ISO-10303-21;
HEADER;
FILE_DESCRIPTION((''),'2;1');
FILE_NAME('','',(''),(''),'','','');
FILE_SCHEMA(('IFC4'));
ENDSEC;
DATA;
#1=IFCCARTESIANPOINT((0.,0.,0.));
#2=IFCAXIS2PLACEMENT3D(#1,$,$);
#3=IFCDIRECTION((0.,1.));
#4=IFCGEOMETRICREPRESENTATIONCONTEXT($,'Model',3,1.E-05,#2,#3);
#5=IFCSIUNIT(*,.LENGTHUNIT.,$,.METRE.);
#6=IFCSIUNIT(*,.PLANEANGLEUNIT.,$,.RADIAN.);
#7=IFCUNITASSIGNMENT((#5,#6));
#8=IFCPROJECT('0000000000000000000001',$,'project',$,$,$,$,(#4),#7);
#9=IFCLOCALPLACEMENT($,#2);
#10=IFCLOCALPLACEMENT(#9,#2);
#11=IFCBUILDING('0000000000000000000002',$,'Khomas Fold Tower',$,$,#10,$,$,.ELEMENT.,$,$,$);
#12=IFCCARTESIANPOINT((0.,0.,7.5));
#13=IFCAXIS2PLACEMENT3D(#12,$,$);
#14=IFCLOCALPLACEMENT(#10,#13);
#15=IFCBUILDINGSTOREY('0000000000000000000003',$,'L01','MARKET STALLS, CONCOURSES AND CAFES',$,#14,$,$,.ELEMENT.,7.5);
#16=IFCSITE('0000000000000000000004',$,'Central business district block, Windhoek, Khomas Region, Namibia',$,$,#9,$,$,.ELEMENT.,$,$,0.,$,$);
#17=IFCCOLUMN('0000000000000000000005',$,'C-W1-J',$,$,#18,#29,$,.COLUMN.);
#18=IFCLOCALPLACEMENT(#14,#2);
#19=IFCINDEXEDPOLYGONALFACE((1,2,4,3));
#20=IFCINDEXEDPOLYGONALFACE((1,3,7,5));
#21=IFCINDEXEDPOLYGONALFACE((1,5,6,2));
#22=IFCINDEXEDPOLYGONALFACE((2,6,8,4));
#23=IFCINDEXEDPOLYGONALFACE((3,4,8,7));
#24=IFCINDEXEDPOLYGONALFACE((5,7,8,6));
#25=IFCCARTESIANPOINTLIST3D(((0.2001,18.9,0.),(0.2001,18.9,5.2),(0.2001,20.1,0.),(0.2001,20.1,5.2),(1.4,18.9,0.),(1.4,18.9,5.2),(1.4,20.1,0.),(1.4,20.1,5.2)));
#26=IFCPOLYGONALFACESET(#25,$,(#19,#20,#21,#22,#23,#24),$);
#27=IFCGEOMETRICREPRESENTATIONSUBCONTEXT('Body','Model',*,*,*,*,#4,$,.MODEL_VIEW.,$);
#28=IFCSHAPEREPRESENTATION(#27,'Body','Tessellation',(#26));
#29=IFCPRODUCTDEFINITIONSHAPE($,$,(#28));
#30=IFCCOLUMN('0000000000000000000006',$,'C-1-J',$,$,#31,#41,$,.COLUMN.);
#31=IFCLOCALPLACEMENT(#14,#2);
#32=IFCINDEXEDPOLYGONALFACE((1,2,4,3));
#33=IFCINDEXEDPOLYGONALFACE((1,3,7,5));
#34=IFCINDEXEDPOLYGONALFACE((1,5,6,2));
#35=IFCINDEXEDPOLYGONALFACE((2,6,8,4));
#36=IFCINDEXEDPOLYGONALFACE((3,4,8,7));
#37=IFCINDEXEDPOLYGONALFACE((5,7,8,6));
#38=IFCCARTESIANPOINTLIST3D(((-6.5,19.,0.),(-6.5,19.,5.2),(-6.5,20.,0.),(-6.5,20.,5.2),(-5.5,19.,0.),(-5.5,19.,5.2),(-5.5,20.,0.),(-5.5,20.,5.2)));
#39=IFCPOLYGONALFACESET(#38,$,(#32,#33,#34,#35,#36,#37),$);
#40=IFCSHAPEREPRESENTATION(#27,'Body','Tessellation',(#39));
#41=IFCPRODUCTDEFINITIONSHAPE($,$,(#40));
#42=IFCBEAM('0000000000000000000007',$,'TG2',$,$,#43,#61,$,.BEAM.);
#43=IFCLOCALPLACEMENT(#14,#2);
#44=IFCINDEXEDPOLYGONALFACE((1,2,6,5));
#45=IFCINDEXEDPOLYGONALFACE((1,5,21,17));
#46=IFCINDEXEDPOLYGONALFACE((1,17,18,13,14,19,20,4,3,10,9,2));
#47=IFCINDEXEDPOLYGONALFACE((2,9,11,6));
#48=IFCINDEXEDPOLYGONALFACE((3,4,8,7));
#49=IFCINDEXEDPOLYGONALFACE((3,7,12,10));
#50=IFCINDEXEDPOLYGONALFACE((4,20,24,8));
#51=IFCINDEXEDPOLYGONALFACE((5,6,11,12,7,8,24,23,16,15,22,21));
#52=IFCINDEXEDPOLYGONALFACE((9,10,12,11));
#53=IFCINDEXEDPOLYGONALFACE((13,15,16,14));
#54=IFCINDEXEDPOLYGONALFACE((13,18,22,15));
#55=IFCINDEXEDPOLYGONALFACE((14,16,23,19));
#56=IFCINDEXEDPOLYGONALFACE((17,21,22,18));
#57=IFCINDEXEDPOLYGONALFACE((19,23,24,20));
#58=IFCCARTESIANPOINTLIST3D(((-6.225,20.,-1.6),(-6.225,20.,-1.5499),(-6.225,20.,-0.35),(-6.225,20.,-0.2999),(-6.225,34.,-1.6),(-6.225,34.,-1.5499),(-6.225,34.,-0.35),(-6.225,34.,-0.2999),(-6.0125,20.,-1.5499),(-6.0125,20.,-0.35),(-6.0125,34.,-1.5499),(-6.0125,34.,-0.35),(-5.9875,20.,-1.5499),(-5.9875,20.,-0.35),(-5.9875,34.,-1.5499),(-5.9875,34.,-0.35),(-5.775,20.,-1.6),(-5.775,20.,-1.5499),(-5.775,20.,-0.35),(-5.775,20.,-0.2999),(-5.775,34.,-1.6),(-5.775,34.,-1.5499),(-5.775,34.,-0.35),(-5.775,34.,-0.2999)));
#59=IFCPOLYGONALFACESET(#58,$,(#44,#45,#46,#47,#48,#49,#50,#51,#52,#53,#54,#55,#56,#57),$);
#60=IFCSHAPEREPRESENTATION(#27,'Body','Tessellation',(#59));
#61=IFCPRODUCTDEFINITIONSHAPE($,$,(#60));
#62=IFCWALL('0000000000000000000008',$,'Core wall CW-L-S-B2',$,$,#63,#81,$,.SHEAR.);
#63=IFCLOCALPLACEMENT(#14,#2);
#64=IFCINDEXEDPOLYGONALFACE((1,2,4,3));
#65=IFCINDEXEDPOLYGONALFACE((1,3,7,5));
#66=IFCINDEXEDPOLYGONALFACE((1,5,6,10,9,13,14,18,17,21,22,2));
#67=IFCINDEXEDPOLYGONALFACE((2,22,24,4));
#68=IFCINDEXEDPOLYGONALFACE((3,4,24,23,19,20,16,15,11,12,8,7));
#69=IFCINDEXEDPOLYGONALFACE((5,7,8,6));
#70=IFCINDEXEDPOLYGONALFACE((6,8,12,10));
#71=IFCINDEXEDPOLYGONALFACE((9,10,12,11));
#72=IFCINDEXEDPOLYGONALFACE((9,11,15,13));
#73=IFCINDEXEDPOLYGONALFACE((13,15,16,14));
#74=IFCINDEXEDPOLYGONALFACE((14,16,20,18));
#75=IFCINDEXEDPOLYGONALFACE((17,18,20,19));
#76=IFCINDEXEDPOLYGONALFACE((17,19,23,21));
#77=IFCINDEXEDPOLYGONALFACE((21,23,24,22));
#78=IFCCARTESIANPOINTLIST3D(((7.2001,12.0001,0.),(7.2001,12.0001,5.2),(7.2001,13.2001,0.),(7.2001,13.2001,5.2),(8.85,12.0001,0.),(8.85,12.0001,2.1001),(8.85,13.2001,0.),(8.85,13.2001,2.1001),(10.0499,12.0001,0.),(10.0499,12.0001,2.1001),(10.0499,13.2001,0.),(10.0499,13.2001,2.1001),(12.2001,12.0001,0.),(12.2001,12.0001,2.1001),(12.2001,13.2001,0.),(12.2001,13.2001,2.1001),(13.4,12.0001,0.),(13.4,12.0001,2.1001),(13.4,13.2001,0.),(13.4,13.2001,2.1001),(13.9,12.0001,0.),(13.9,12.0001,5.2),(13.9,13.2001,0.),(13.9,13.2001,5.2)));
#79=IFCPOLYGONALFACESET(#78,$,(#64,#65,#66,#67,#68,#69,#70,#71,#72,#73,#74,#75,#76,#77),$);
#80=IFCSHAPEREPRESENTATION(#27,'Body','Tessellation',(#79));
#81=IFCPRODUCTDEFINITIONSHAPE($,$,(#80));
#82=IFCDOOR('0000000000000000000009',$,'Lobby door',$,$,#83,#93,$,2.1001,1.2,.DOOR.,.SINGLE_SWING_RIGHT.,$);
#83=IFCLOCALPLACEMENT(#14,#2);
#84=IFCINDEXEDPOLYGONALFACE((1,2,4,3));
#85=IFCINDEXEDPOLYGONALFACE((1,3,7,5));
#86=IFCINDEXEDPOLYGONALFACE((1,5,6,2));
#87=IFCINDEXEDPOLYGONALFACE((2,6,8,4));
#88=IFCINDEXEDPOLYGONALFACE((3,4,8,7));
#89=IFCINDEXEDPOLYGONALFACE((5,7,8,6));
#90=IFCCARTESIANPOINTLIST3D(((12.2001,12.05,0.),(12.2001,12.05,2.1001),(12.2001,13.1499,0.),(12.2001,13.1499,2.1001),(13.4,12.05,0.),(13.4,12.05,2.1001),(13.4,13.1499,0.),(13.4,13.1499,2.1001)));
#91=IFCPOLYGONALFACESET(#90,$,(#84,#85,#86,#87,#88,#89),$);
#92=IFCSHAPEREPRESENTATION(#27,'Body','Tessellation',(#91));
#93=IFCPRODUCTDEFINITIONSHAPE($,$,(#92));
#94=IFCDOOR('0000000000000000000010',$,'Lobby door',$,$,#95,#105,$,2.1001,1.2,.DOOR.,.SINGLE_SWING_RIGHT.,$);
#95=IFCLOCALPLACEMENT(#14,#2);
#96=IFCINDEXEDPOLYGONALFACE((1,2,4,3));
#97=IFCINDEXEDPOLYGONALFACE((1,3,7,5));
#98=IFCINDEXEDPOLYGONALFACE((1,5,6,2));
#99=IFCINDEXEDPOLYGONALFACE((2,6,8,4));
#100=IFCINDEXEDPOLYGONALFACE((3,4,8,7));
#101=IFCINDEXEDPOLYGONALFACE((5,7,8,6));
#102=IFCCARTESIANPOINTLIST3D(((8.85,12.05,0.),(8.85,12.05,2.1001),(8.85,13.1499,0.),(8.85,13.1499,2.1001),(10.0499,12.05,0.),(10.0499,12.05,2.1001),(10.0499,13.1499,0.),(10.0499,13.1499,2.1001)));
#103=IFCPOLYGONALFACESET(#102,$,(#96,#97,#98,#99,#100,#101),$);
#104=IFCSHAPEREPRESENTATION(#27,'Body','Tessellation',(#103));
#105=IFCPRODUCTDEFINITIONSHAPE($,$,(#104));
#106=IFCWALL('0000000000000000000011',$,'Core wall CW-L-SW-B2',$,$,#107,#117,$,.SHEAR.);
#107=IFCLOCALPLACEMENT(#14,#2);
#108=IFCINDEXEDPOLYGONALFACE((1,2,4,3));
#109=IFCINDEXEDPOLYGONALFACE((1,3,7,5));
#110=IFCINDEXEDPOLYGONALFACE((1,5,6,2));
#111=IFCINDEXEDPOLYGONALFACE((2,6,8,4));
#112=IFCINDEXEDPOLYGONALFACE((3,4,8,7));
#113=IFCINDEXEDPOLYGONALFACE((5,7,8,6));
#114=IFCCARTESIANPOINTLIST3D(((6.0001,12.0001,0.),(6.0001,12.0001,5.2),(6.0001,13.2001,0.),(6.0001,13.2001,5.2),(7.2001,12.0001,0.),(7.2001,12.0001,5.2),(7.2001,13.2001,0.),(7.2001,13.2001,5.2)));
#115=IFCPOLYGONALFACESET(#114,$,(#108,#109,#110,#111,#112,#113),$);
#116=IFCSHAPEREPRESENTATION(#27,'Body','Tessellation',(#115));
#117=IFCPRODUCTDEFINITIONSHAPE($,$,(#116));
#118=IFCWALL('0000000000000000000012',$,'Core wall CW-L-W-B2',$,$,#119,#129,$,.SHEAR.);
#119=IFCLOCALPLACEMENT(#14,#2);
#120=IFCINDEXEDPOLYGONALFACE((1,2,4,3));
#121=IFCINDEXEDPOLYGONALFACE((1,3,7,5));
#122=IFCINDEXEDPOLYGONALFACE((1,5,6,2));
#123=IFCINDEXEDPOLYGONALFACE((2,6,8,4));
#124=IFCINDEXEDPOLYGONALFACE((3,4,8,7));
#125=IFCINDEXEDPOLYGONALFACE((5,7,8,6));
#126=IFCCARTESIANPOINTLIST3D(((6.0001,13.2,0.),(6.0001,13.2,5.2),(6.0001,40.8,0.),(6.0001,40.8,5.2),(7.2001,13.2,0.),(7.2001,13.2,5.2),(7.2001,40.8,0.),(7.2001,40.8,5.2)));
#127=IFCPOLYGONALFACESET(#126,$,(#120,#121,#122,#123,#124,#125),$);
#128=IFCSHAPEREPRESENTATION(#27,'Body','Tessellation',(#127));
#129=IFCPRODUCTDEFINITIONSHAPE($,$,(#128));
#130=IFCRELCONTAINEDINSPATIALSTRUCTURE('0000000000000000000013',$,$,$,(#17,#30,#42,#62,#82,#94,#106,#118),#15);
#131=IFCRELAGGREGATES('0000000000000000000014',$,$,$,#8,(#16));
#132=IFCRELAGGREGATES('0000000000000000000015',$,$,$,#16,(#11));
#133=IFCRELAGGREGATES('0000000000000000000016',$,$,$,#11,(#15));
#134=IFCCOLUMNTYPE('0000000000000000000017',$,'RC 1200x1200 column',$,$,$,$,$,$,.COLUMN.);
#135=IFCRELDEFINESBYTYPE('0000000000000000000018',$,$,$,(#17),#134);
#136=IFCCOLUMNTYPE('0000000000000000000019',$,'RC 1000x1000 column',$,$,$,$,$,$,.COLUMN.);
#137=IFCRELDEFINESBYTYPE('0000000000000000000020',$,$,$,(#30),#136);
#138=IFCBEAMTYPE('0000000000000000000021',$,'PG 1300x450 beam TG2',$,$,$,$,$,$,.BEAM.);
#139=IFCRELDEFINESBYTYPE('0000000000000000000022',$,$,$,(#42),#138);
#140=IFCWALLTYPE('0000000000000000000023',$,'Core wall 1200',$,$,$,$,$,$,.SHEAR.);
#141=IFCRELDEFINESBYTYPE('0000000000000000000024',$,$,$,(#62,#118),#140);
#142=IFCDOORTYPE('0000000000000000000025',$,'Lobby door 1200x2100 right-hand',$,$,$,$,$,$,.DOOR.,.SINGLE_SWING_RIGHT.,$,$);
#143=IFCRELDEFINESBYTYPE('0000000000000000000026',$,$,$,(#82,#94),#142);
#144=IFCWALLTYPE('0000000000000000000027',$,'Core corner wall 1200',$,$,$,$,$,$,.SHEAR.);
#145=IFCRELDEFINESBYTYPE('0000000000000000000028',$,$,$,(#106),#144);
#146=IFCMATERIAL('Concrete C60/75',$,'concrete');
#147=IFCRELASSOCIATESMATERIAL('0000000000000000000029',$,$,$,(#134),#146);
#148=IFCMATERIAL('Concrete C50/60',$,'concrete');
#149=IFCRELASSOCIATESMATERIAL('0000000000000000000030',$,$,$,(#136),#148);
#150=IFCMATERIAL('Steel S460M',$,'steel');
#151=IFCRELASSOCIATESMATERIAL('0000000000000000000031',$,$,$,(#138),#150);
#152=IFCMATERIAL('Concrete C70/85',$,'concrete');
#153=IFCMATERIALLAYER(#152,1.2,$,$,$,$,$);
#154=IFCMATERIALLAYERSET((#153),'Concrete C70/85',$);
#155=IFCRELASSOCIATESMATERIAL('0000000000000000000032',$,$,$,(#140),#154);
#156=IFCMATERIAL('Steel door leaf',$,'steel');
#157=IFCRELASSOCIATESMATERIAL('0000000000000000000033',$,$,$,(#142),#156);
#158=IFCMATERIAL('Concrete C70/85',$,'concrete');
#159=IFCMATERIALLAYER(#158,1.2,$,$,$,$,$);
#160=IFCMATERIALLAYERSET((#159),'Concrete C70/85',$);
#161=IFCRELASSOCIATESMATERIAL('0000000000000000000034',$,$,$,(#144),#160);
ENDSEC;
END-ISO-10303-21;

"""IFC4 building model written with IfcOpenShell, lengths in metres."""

from ifc_helpers import new_model, si_unit, direction, frame, frame_2d, origin, origin_2d, place, context, subcontext, project, spatial, rectangle, i_section, extrude, source, transform, mapped, material, layer, layer_set, material_profile, profile_set, type_object, element, fill, save


model = new_model("IFC4")

# Units and contexts
model_context = context("Model", 3, precision=1e-05, world=origin(), true_north=direction((0.0, 1.0)))
body_context = subcontext(model_context, "Body", "Model", "MODEL_VIEW")
ifc_project = project(units=[si_unit("LENGTHUNIT", "METRE"), si_unit("PLANEANGLEUNIT", "RADIAN")], contexts=[model_context])

# Site, building, storey
site_placement = place(None, origin())
site = spatial("IfcSite", under=ifc_project, at=site_placement, Name="Central business district block, Windhoek, Khomas Region, Namibia", CompositionType="ELEMENT", RefElevation=0.0)
building_placement = place(site_placement, origin())
building = spatial("IfcBuilding", under=site, at=building_placement, Name="Khomas Fold Tower", CompositionType="ELEMENT")
storey_placement = place(building_placement, frame((0.0, 0.0, 7.5)))
storey = spatial("IfcBuildingStorey", under=building, at=storey_placement, Name="L01", Description="MARKET STALLS, CONCOURSES AND CAFES", CompositionType="ELEMENT", Elevation=7.5)

# Columns
ifc_material_1 = material(Name="Concrete C60/75", Category="concrete")
ifc_material_profile_1 = material_profile(ifc_material_1, rectangle(XDim=1.2, YDim=1.2, at=origin_2d()), Name="RC 1200x1200")
ifc_profile_set_1 = profile_set([ifc_material_profile_1], Name="Concrete C60/75")
column_type_1 = type_object("IfcColumnType", Name="RC 1200x1200 column", PredefinedType="COLUMN", material=ifc_profile_set_1)
shared_shape_1 = source(origin(), body_context, "Body", "SweptSolid", [
    extrude(rectangle(XDim=1.2, YDim=1.2, at=origin_2d()), origin(), (0.0, 0.0, 1.0), 5.2),
])
column_1_placement = place(storey_placement, frame((0.8, 19.5, 0.0), z_axis=(0.0, 0.0, 1.0), x_axis=(1.0, 0.0, 0.0)))
element("IfcColumn", 1, at=column_1_placement, inside=storey, type_object=column_type_1, Name="C-W1-J", PredefinedType="COLUMN", context=body_context, shape_type="MappedRepresentation", body=[
    mapped(shared_shape_1, transform((0.0, 0.0, 0.0))),
])
ifc_material_2 = material(Name="Concrete C50/60", Category="concrete")
ifc_material_profile_2 = material_profile(ifc_material_2, rectangle(XDim=1.0, YDim=1.0, at=origin_2d()), Name="RC 1000x1000")
ifc_profile_set_2 = profile_set([ifc_material_profile_2], Name="Concrete C50/60")
column_type_2 = type_object("IfcColumnType", Name="RC 1000x1000 column", PredefinedType="COLUMN", material=ifc_profile_set_2)
shared_shape_2 = source(origin(), body_context, "Body", "SweptSolid", [
    extrude(rectangle(XDim=1.0, YDim=1.0, at=origin_2d()), origin(), (0.0, 0.0, 1.0), 5.2),
])
column_2_placement = place(storey_placement, frame((-6.0, 19.5, 0.0), z_axis=(0.0, 0.0, 1.0), x_axis=(1.0, 0.0, 0.0)))
element("IfcColumn", 2, at=column_2_placement, inside=storey, type_object=column_type_2, Name="C-1-J", PredefinedType="COLUMN", context=body_context, shape_type="MappedRepresentation", body=[
    mapped(shared_shape_2, transform((0.0, 0.0, 0.0))),
])

# Beam
ifc_material_3 = material(Name="Steel S460M", Category="steel")
ifc_material_profile_3 = material_profile(ifc_material_3, i_section(OverallWidth=0.45, OverallDepth=1.3, WebThickness=0.0249, FlangeThickness=0.05, at=origin_2d()), Name="PG 1300x450")
ifc_profile_set_3 = profile_set([ifc_material_profile_3], Name="Steel S460M")
beam_type = type_object("IfcBeamType", Name="PG 1300x450 beam TG2", PredefinedType="BEAM", material=ifc_profile_set_3)
shared_shape_3 = source(origin(), body_context, "Body", "SweptSolid", [
    extrude(i_section(OverallWidth=0.45, OverallDepth=1.3, WebThickness=0.0249, FlangeThickness=0.05, at=origin_2d()), origin(), (0.0, 0.0, 1.0), 14.0),
])
beam_placement = place(storey_placement, frame((-6.0, 20.0, -0.95), z_axis=(0.0, 1.0, 0.0), x_axis=(-1.0, 0.0, 0.0)))
element("IfcBeam", 3, at=beam_placement, inside=storey, type_object=beam_type, Name="TG2", PredefinedType="BEAM", context=body_context, shape_type="MappedRepresentation", body=[
    mapped(shared_shape_3, transform((0.0, 0.0, 0.0))),
])

# Wall, openings, doors
ifc_material_4 = material(Name="Concrete C70/85", Category="concrete")
ifc_layer_1 = layer(ifc_material_4, 1.2)
ifc_layer_set_1 = layer_set([ifc_layer_1], Name="Concrete C70/85")
wall_type_1 = type_object("IfcWallType", Name="Core wall 1200", PredefinedType="SHEAR", material=ifc_layer_set_1)
shared_shape_4 = source(origin(), body_context, "Body", "SweptSolid", [
    extrude(rectangle(XDim=6.7, YDim=1.2, at=frame_2d((3.3501, 0.0))), origin(), (0.0, 0.0, 1.0), 5.2),
])
wall_1_placement = place(storey_placement, frame((7.2, 12.6001, 0.0), z_axis=(0.0, 0.0, 1.0), x_axis=(1.0, 0.0, 0.0)))
wall_1 = element("IfcWall", 4, at=wall_1_placement, inside=storey, type_object=wall_type_1, Name="Core wall CW-L-S-B2", PredefinedType="SHEAR", context=body_context, shape_type="MappedRepresentation", body=[
    mapped(shared_shape_4, transform((0.0, 0.0, 0.0))),
])
shared_shape_5 = source(origin(), body_context, "Body", "SweptSolid", [
    extrude(rectangle(XDim=1.2, YDim=2.1001, at=frame_2d((0.6001, 1.05))), frame((0.0, 0.6099, 0.0), z_axis=(0.0, -1.0, 0.0), x_axis=(1.0, 0.0, 0.0)), (0.0, 0.0, 1.0), 1.22),
])
opening_1_placement = place(wall_1_placement, frame((5.0, 0.0, 0.0)))
opening_1 = element("IfcOpeningElement", 5, at=opening_1_placement, cuts=wall_1, PredefinedType="OPENING", context=body_context, shape_type="MappedRepresentation", body=[
    mapped(shared_shape_5, transform((0.0, 0.0, 0.0))),
])
opening_2_placement = place(wall_1_placement, frame((1.6499, 0.0, 0.0)))
opening_2 = element("IfcOpeningElement", 6, at=opening_2_placement, cuts=wall_1, PredefinedType="OPENING", context=body_context, shape_type="MappedRepresentation", body=[
    mapped(shared_shape_5, transform((0.0, 0.0, 0.0))),
])
ifc_material_5 = material(Name="Steel door leaf", Category="steel")
door_type_1 = type_object("IfcDoorType", Name="Lobby door 1200x2100 right-hand", OperationType="SINGLE_SWING_RIGHT", PredefinedType="DOOR", material=ifc_material_5)
shared_shape_6 = source(origin(), body_context, "Body", "SweptSolid", [
    extrude(rectangle(XDim=1.2, YDim=2.1001, at=frame_2d((0.6001, 1.05))), frame((0.0, 0.5498, 0.0), z_axis=(0.0, -1.0, 0.0), x_axis=(1.0, 0.0, 0.0)), (0.0, 0.0, 1.0), 1.0999),
])
door_1_placement = place(opening_1_placement, origin())
door_1 = element("IfcDoor", 7, at=door_1_placement, inside=storey, type_object=door_type_1, Name="Lobby door", OperationType="SINGLE_SWING_RIGHT", OverallHeight=2.1001, OverallWidth=1.2, PredefinedType="DOOR", context=body_context, shape_type="MappedRepresentation", body=[
    mapped(shared_shape_6, transform((0.0, 0.0, 0.0))),
])
fill(opening_1, door_1)
door_2_placement = place(opening_2_placement, origin())
door_2 = element("IfcDoor", 8, at=door_2_placement, inside=storey, type_object=door_type_1, Name="Lobby door", OperationType="SINGLE_SWING_RIGHT", OverallHeight=2.1001, OverallWidth=1.2, PredefinedType="DOOR", context=body_context, shape_type="MappedRepresentation", body=[
    mapped(shared_shape_6, transform((0.0, 0.0, 0.0))),
])
fill(opening_2, door_2)

# Walls
ifc_material_6 = material(Name="Concrete C70/85", Category="concrete")
ifc_layer_2 = layer(ifc_material_6, 1.2)
ifc_layer_set_2 = layer_set([ifc_layer_2], Name="Concrete C70/85")
wall_type_2 = type_object("IfcWallType", Name="Core corner wall 1200", PredefinedType="SHEAR", material=ifc_layer_set_2)
shared_shape_7 = source(origin(), body_context, "Body", "SweptSolid", [
    extrude(rectangle(XDim=1.2, YDim=1.2, at=frame_2d((0.6001, 0.0))), origin(), (0.0, 0.0, 1.0), 5.2),
])
wall_2_placement = place(storey_placement, frame((6.0, 12.6001, 0.0), z_axis=(0.0, 0.0, 1.0), x_axis=(1.0, 0.0, 0.0)))
element("IfcWall", 9, at=wall_2_placement, inside=storey, type_object=wall_type_2, Name="Core wall CW-L-SW-B2", PredefinedType="SHEAR", context=body_context, shape_type="MappedRepresentation", body=[
    mapped(shared_shape_7, transform((0.0, 0.0, 0.0))),
])
shared_shape_8 = source(origin(), body_context, "Body", "SweptSolid", [
    extrude(rectangle(XDim=27.6001, YDim=1.2, at=frame_2d((13.8, 0.0))), origin(), (0.0, 0.0, 1.0), 5.2),
])
wall_3_placement = place(storey_placement, frame((6.6001, 13.2, 0.0), z_axis=(0.0, 0.0, 1.0), x_axis=(0.0, 1.0, 0.0)))
element("IfcWall", 10, at=wall_3_placement, inside=storey, type_object=wall_type_1, Name="Core wall CW-L-W-B2", PredefinedType="SHEAR", context=body_context, shape_type="MappedRepresentation", body=[
    mapped(shared_shape_8, transform((0.0, 0.0, 0.0))),
])

save(model, "model.ifc")
